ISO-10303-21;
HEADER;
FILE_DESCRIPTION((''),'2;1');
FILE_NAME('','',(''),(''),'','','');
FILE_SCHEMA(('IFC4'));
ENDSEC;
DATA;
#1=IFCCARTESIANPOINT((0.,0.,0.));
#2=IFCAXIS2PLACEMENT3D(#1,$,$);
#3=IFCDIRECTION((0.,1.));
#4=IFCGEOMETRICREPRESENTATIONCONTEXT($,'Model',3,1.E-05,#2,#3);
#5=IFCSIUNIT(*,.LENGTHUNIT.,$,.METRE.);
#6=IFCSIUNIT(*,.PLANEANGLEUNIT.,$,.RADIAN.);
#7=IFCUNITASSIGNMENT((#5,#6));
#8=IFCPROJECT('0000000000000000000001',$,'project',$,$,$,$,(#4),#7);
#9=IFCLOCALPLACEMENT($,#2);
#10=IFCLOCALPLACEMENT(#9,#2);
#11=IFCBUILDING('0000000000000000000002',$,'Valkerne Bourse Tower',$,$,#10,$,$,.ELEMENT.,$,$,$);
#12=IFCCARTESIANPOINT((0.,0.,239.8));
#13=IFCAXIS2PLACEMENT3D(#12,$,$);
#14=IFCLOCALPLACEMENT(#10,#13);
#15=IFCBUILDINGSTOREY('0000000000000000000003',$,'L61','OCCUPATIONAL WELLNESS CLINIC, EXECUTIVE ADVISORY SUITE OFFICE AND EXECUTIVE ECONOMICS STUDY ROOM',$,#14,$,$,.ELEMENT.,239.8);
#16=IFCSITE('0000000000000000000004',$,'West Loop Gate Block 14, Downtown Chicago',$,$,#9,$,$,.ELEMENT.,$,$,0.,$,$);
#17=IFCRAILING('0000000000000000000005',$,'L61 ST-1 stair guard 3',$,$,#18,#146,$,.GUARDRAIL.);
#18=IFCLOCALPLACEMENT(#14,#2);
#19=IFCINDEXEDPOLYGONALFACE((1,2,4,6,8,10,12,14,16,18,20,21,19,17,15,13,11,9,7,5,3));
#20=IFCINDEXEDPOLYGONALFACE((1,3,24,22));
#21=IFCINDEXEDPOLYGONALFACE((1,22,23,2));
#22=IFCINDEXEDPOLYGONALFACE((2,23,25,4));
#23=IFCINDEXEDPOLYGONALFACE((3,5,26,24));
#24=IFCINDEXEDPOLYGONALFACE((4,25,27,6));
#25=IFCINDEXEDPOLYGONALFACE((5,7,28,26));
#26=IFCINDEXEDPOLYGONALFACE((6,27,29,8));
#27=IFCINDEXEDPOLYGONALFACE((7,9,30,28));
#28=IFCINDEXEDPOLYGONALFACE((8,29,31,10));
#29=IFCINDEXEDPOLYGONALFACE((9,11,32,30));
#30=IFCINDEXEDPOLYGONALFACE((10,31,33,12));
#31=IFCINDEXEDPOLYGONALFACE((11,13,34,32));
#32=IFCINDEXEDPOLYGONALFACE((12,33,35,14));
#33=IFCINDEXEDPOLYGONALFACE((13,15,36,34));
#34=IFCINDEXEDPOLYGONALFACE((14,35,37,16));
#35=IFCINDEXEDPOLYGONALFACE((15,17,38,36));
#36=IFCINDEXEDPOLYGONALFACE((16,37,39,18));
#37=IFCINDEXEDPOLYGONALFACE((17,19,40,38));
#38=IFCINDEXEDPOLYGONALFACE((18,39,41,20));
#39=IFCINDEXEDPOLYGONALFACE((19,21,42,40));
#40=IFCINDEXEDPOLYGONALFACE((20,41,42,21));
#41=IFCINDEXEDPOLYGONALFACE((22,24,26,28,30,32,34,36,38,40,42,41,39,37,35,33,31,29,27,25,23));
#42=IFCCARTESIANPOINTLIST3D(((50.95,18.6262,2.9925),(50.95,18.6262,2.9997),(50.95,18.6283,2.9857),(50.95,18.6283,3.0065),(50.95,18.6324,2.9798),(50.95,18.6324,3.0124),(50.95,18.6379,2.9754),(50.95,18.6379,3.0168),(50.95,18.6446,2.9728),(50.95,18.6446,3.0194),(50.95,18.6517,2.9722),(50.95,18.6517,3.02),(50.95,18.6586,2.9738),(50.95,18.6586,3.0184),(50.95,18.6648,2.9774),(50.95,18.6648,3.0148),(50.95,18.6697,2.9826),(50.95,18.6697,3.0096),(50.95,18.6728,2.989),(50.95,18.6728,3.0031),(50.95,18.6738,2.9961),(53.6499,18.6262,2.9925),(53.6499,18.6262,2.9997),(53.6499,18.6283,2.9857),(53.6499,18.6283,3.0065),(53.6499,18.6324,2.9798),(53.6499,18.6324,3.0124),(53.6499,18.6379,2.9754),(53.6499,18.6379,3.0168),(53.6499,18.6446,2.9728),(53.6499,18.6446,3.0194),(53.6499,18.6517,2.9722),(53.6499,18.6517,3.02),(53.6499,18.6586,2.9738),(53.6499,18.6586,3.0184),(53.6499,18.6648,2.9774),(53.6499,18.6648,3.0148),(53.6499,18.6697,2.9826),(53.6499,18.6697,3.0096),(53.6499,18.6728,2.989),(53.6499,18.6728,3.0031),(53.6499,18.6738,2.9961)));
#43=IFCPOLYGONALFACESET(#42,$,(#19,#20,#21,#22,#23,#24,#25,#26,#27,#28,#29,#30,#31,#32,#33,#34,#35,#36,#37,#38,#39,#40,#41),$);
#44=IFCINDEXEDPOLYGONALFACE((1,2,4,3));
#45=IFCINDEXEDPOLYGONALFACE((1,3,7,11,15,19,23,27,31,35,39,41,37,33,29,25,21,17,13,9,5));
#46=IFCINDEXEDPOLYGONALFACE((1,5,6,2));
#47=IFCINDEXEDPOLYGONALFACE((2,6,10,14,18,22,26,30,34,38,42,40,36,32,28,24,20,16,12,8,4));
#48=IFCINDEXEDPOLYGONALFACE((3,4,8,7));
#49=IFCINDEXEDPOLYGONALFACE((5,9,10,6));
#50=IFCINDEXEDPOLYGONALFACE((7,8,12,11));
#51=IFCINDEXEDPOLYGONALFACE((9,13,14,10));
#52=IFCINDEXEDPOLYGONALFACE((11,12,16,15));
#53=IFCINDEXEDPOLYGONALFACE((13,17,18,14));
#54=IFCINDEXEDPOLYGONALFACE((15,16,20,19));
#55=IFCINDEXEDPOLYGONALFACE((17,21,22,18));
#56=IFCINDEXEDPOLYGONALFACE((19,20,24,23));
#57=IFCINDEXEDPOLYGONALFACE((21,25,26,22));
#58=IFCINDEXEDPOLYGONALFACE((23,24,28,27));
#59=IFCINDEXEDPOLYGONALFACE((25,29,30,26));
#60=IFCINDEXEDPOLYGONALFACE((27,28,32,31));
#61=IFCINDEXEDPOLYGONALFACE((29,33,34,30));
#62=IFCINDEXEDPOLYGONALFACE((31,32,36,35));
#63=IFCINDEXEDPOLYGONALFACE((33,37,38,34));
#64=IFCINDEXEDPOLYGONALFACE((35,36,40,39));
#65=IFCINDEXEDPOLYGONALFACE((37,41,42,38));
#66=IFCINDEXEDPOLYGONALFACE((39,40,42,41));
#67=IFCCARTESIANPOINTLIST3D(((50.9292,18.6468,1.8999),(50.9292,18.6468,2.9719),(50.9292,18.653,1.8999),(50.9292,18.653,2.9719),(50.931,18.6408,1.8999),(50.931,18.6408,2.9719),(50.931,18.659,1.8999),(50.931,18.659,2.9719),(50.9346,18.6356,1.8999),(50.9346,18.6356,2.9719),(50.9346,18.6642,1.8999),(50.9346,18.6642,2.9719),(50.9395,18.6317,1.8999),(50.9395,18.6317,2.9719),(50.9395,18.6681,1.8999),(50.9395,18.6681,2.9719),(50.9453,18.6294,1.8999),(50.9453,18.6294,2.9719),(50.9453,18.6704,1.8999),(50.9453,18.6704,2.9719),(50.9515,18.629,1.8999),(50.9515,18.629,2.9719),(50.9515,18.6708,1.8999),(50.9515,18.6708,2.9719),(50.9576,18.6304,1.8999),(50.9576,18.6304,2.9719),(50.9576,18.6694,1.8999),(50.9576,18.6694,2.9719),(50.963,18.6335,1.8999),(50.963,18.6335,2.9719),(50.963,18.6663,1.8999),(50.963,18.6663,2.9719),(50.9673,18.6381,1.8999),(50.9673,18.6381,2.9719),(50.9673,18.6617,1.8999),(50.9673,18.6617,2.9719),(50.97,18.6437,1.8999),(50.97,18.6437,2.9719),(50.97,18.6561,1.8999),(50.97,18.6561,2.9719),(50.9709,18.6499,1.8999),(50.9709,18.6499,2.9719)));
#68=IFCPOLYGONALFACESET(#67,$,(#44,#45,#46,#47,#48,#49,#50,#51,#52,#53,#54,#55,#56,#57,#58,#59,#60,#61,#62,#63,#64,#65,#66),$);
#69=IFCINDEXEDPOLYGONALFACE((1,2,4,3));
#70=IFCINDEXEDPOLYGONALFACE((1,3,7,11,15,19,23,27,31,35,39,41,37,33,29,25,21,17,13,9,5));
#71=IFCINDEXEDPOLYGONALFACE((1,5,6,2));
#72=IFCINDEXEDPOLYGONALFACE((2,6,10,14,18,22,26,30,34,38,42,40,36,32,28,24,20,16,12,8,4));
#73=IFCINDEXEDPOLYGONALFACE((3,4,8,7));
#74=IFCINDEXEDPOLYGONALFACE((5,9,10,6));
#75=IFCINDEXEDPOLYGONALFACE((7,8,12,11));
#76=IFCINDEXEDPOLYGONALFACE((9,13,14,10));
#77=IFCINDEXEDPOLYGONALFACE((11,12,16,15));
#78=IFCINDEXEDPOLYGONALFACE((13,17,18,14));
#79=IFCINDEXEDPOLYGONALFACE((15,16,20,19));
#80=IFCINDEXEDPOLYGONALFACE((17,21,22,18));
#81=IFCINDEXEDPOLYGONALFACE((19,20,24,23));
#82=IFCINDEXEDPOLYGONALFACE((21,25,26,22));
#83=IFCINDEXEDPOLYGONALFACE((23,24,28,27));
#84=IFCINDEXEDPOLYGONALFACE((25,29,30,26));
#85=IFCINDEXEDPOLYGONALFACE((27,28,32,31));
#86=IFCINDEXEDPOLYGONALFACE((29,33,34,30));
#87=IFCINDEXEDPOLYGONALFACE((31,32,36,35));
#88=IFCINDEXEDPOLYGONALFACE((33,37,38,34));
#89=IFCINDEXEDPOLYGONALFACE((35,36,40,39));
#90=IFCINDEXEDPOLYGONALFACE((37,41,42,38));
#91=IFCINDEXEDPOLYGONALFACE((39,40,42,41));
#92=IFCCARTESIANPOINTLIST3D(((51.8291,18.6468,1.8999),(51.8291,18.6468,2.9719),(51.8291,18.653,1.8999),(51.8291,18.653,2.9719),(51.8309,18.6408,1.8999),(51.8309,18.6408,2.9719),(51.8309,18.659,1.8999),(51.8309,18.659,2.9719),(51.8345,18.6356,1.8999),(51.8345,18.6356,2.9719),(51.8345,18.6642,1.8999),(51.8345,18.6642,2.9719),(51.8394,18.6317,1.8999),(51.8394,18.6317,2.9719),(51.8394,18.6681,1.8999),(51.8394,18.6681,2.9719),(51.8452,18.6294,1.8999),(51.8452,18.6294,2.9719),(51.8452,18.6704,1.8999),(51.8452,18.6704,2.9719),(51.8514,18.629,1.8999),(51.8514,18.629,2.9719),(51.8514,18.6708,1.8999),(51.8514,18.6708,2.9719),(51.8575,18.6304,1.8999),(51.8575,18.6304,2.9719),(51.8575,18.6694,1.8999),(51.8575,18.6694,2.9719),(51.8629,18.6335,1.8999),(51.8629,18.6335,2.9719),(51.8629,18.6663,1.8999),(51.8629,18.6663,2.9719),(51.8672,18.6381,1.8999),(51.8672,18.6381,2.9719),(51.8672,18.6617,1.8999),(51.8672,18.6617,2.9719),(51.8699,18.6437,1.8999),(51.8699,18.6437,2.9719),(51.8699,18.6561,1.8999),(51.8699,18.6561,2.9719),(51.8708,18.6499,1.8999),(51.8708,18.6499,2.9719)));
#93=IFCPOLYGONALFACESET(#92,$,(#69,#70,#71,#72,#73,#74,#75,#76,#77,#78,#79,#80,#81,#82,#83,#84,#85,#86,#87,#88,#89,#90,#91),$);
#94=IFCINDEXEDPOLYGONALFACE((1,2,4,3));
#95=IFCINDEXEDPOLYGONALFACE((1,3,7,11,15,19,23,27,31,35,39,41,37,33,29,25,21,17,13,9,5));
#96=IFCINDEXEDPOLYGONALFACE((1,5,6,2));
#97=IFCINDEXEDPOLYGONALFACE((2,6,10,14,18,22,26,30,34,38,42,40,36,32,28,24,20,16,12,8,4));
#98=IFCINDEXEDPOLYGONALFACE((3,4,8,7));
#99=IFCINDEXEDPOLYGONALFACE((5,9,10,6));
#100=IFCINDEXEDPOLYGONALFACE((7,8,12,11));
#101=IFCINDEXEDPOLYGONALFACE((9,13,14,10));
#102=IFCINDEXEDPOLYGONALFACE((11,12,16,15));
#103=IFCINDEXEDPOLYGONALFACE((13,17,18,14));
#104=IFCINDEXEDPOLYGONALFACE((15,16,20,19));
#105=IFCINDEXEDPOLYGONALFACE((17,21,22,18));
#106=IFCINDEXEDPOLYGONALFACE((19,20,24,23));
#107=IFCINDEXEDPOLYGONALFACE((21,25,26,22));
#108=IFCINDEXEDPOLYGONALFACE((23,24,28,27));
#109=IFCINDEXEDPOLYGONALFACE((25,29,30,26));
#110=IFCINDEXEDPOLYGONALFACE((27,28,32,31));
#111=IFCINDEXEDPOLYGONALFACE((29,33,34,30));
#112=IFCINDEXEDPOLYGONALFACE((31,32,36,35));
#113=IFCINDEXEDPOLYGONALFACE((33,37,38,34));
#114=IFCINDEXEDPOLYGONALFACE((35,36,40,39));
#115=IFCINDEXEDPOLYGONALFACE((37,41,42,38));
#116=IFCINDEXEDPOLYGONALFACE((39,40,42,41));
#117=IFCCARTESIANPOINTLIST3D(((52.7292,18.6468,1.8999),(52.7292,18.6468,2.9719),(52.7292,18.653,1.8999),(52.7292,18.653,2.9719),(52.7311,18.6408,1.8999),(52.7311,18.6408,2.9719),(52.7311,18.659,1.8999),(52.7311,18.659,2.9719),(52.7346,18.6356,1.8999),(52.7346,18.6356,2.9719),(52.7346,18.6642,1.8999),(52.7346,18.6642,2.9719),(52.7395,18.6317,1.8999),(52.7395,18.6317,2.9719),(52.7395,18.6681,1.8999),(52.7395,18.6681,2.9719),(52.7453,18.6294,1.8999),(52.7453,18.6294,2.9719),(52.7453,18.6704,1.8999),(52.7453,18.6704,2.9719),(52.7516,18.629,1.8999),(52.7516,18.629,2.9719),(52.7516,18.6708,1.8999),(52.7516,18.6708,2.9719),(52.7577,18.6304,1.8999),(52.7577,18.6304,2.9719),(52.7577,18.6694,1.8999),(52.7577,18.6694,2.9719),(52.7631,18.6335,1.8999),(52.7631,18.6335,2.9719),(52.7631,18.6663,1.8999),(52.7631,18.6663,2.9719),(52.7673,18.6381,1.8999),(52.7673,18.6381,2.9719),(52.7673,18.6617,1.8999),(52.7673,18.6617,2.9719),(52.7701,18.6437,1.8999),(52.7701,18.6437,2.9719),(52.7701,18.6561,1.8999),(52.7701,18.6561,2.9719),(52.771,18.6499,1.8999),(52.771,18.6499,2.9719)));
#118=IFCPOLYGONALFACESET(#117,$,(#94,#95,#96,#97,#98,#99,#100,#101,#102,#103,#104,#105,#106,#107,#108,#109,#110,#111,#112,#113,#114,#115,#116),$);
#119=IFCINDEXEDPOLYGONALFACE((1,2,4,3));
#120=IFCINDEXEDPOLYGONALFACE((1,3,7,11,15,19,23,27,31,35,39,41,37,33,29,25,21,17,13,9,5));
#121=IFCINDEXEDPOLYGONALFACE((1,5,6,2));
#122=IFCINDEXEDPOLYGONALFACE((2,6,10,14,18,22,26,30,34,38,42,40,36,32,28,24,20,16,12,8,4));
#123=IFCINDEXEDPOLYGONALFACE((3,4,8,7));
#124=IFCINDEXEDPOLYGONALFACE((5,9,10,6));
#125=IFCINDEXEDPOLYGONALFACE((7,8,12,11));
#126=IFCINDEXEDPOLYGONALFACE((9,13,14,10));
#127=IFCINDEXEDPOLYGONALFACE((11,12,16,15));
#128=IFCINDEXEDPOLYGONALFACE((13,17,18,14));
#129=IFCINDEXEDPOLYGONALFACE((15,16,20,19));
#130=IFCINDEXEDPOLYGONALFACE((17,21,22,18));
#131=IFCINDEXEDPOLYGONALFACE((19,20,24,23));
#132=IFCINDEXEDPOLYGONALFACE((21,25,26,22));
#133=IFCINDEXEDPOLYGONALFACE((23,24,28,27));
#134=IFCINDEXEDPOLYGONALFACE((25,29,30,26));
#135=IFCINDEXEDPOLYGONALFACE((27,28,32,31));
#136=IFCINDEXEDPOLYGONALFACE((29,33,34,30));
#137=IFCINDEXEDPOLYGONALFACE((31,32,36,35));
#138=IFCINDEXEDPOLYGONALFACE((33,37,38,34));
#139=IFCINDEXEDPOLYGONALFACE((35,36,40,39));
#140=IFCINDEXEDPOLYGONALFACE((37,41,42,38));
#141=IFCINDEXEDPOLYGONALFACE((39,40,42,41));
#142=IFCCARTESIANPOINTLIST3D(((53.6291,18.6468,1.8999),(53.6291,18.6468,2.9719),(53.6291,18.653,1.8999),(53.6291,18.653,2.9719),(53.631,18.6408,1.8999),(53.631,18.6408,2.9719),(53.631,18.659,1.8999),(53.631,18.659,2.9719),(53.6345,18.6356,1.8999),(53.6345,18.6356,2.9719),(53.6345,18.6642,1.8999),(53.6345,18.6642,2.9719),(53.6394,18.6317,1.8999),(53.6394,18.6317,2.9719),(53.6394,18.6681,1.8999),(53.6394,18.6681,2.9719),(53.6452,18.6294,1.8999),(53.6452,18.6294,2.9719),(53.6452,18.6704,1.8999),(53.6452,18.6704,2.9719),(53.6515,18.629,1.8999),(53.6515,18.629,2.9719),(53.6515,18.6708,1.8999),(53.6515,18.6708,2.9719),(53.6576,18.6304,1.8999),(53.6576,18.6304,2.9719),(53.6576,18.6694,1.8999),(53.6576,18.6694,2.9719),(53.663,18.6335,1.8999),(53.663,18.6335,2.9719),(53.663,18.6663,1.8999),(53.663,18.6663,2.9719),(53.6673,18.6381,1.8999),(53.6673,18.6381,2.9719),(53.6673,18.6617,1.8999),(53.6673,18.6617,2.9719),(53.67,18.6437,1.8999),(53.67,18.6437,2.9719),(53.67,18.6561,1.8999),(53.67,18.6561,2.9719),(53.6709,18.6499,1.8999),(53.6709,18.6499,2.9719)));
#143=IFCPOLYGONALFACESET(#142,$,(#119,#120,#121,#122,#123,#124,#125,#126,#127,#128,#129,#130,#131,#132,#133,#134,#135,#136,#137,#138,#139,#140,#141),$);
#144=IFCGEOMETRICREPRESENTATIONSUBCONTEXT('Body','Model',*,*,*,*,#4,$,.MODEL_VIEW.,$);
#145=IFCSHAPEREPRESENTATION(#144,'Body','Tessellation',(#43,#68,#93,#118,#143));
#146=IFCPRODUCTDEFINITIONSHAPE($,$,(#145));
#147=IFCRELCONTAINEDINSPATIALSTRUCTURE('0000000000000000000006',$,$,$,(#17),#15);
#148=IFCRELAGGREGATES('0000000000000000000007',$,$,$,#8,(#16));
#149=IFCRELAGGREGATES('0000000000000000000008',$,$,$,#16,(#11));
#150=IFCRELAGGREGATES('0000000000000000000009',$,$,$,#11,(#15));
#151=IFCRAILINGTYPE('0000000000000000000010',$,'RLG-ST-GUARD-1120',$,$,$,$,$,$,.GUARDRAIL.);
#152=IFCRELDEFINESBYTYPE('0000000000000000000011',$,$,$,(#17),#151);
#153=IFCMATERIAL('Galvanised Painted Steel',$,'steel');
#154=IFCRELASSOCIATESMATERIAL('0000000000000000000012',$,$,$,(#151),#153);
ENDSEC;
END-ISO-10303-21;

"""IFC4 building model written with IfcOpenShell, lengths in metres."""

from ifc_helpers import new_model, si_unit, direction, frame, origin, origin_2d, place, context, subcontext, project, spatial, circle, extrude, material, type_object, element, save


model = new_model("IFC4")

# Units and contexts
model_context = context("Model", 3, precision=1e-05, world=origin(), true_north=direction((0.0, 1.0)))
body_context = subcontext(model_context, "Body", "Model", "MODEL_VIEW")
ifc_project = project(units=[si_unit("LENGTHUNIT", "METRE"), si_unit("PLANEANGLEUNIT", "RADIAN")], contexts=[model_context])

# Site, building, storey
site_placement = place(None, origin())
site = spatial("IfcSite", under=ifc_project, at=site_placement, Name="West Loop Gate Block 14, Downtown Chicago", CompositionType="ELEMENT", RefElevation=0.0)
building_placement = place(site_placement, origin())
building = spatial("IfcBuilding", under=site, at=building_placement, Name="Valkerne Bourse Tower", CompositionType="ELEMENT")
storey_placement = place(building_placement, frame((0.0, 0.0, 239.8)))
storey = spatial("IfcBuildingStorey", under=building, at=storey_placement, Name="L61", Description="OCCUPATIONAL WELLNESS CLINIC, EXECUTIVE ADVISORY SUITE OFFICE AND EXECUTIVE ECONOMICS STUDY ROOM", CompositionType="ELEMENT", Elevation=239.8)

# Shared definitions
ifc_material_1 = material(Name="Galvanised Painted Steel", Category="steel")

# Railing
railing_type_1 = type_object("IfcRailingType", Name="RLG-ST-GUARD-1120", PredefinedType="GUARDRAIL", material=ifc_material_1)
for number, where, name in (
    (1, (50.95, 18.6499, 1.8999), "L61 ST-1 stair guard 3"),
):
    element("IfcRailing", number, at=place(storey_placement, frame(where)), inside=storey, type_object=railing_type_1, Name=name, PredefinedType="GUARDRAIL", context=body_context, shape_type="SweptSolid", body=[
        extrude(circle(Radius=0.0239, at=origin_2d()), frame((0.0, 0.0, 1.0962), z_axis=(1.0, 0.0, 0.0), x_axis=(0.0, 1.0, 0.0)), (0.0, 0.0, 1.0), 2.7),
        extrude(circle(Radius=0.021, at=origin_2d()), origin(), (0.0, 0.0, 1.0), 1.072),
        extrude(circle(Radius=0.021, at=origin_2d()), frame((0.8999, 0.0, 0.0)), (0.0, 0.0, 1.0), 1.072),
        extrude(circle(Radius=0.021, at=origin_2d()), frame((1.8, 0.0, 0.0)), (0.0, 0.0, 1.0), 1.072),
        extrude(circle(Radius=0.021, at=origin_2d()), frame((2.7, 0.0, 0.0)), (0.0, 0.0, 1.0), 1.072),
    ])

save(model, "model.ifc")
